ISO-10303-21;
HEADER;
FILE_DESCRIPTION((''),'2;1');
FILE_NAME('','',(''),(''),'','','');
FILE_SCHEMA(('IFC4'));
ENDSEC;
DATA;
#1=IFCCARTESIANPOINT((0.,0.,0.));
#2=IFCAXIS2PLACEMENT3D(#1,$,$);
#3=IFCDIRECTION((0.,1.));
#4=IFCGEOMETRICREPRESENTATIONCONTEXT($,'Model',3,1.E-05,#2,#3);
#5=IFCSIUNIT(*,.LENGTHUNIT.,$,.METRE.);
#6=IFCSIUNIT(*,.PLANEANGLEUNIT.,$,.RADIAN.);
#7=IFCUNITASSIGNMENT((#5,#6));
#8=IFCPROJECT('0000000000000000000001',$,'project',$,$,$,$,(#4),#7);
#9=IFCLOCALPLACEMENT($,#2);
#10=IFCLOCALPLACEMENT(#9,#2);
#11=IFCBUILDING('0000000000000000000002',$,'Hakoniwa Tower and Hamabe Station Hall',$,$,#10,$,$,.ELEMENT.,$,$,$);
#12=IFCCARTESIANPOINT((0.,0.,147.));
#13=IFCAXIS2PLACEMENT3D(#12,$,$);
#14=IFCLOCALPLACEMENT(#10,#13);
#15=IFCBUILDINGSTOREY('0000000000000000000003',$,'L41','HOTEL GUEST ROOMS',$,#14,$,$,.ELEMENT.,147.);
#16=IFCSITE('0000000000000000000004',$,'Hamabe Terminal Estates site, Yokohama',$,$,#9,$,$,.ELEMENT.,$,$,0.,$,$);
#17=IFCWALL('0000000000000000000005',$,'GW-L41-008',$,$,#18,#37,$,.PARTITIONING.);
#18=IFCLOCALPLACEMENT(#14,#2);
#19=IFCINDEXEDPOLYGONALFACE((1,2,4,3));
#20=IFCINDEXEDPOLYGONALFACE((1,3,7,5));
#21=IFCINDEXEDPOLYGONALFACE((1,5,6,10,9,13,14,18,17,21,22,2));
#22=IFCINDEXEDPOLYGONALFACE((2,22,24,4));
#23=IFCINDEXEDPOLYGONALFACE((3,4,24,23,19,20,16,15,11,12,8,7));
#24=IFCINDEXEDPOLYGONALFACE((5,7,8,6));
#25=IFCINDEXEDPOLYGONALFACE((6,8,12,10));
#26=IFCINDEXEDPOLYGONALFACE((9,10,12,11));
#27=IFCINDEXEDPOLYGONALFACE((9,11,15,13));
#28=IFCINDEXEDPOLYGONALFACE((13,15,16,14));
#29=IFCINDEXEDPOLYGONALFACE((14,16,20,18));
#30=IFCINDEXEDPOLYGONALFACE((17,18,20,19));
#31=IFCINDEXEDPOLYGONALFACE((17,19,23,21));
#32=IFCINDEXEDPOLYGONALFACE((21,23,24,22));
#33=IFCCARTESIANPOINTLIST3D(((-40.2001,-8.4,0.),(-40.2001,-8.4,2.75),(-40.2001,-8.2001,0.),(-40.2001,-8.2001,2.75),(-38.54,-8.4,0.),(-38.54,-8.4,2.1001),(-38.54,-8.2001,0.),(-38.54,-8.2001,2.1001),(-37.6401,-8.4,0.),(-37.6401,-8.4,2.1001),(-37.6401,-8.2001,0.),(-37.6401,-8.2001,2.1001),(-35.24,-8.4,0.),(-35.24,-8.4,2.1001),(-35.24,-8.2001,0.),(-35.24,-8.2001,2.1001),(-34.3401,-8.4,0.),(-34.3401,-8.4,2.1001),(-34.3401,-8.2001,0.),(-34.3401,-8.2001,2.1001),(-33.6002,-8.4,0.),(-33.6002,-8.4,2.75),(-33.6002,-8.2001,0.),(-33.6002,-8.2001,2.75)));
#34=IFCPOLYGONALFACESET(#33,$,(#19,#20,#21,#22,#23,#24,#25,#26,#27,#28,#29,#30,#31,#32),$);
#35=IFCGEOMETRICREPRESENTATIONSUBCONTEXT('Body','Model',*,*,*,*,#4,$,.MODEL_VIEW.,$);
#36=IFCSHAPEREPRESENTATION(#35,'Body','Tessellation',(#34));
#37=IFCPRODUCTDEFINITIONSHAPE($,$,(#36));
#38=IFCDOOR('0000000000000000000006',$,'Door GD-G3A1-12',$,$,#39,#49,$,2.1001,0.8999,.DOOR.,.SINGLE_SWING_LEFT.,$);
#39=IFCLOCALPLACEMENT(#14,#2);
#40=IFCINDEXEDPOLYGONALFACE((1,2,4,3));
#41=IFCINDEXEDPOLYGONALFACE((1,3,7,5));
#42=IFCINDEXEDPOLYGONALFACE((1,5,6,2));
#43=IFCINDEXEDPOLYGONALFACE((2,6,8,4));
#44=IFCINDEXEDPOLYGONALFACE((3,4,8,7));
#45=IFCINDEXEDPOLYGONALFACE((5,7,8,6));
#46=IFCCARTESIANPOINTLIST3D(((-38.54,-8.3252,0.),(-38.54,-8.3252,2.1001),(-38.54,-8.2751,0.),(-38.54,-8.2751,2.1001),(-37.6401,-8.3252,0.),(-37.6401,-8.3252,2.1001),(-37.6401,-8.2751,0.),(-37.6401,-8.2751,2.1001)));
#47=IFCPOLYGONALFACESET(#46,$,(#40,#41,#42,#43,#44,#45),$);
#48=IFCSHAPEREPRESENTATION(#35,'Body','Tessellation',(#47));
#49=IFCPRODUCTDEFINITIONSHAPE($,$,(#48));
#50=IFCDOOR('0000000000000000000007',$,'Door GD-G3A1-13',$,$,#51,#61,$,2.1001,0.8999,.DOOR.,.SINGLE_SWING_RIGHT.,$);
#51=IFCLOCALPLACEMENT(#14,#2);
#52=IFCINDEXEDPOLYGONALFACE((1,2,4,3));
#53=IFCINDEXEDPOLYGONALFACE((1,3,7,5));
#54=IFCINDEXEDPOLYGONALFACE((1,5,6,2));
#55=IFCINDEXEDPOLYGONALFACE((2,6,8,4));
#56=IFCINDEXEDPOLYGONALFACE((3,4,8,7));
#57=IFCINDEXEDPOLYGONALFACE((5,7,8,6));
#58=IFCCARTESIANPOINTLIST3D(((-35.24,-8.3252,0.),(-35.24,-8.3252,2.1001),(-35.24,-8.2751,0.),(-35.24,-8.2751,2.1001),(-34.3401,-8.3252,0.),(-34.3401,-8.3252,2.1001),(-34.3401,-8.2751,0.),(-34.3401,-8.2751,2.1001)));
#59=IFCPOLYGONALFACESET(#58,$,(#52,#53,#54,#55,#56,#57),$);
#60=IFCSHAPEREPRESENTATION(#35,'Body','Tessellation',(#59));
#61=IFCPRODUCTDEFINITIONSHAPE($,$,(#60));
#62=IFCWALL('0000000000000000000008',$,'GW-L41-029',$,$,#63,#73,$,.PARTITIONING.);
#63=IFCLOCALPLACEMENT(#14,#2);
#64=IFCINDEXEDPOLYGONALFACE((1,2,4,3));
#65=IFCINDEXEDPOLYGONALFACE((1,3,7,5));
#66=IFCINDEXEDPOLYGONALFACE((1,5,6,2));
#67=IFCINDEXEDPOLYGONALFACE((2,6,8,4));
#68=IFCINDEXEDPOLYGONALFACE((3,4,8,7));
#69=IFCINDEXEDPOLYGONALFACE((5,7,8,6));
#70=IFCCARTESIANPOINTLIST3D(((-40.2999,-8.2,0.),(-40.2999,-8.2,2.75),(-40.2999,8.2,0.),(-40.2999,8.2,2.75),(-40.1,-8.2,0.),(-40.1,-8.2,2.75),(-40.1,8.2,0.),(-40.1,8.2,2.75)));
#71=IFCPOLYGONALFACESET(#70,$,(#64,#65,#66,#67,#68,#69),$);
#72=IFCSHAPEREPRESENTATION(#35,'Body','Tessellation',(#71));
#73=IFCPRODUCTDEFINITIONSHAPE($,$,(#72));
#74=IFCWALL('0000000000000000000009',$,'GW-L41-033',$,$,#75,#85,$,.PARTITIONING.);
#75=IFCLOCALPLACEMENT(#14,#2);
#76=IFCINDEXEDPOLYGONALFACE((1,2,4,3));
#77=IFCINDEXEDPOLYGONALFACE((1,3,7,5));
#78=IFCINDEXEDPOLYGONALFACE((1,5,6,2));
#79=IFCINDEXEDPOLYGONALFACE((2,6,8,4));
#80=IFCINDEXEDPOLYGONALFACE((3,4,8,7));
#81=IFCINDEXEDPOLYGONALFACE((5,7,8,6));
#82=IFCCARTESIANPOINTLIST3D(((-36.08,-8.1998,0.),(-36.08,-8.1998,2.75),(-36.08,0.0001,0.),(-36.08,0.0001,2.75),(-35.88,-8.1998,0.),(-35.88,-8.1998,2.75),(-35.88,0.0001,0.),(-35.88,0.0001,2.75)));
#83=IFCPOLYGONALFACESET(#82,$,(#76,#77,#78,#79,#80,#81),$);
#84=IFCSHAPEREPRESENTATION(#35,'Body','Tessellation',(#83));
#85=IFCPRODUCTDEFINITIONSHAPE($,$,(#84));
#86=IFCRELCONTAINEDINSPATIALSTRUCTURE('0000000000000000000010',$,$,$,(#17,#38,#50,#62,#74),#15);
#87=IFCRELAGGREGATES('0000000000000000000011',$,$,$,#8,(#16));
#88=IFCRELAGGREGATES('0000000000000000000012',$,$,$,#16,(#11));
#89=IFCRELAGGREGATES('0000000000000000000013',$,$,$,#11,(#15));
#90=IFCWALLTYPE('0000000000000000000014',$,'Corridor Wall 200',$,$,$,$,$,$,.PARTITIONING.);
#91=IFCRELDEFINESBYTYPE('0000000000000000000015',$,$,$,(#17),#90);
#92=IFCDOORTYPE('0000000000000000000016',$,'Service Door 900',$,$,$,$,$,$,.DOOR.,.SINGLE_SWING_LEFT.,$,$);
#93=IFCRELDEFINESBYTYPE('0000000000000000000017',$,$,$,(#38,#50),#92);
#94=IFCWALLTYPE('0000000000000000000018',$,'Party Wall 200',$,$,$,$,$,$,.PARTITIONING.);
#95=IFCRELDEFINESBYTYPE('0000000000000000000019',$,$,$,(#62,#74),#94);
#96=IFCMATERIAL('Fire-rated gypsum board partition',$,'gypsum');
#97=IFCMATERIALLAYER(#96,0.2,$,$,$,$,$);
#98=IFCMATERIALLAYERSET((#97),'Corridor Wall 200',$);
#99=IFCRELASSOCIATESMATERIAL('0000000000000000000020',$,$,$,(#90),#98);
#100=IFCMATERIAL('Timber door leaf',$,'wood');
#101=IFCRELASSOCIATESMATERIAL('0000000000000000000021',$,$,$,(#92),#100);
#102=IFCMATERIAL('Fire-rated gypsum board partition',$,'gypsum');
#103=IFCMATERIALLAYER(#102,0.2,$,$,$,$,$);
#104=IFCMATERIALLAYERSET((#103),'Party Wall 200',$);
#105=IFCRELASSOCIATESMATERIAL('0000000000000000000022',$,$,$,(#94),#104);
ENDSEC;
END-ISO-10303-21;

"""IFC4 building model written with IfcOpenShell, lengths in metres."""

from ifc_helpers import new_model, si_unit, direction, frame, frame_2d, origin, place, context, subcontext, project, spatial, rectangle, extrude, material, layer, layer_set, type_object, element, fill, save


model = new_model("IFC4")

# Units and contexts
model_context = context("Model", 3, precision=1e-05, world=origin(), true_north=direction((0.0, 1.0)))
body_context = subcontext(model_context, "Body", "Model", "MODEL_VIEW")
ifc_project = project(units=[si_unit("LENGTHUNIT", "METRE"), si_unit("PLANEANGLEUNIT", "RADIAN")], contexts=[model_context])

# Site, building, storey
site_placement = place(None, origin())
site = spatial("IfcSite", under=ifc_project, at=site_placement, Name="Hamabe Terminal Estates site, Yokohama", CompositionType="ELEMENT", RefElevation=0.0)
building_placement = place(site_placement, origin())
building = spatial("IfcBuilding", under=site, at=building_placement, Name="Hakoniwa Tower and Hamabe Station Hall", CompositionType="ELEMENT")
storey_placement = place(building_placement, frame((0.0, 0.0, 147.0)))
storey = spatial("IfcBuildingStorey", under=building, at=storey_placement, Name="L41", Description="HOTEL GUEST ROOMS", CompositionType="ELEMENT", Elevation=147.0)

# Wall, openings, doors
ifc_material_1 = material(Name="Fire-rated gypsum board partition", Category="gypsum")
ifc_layer_1 = layer(ifc_material_1, 0.2)
ifc_layer_set_1 = layer_set([ifc_layer_1], Name="Corridor Wall 200")
wall_type_1 = type_object("IfcWallType", Name="Corridor Wall 200", PredefinedType="PARTITIONING", material=ifc_layer_set_1)
wall_1_placement = place(storey_placement, frame((-40.2, -8.3, 0.0), z_axis=(0.0, 0.0, 1.0), x_axis=(1.0, 0.0, 0.0)))
wall_1 = element("IfcWall", 1, at=wall_1_placement, inside=storey, type_object=wall_type_1, Name="GW-L41-008", PredefinedType="PARTITIONING", context=body_context, shape_type="SweptSolid", body=[
    extrude(rectangle(XDim=6.5999, YDim=0.2, at=frame_2d((3.2998, 0.0))), origin(), (0.0, 0.0, 1.0), 2.75),
])
opening_1_placement = place(wall_1_placement, frame((1.6599, 0.0, 0.0)))
opening_1 = element("IfcOpeningElement", 2, at=opening_1_placement, cuts=wall_1, PredefinedType="OPENING", context=body_context, shape_type="SweptSolid", body=[
    extrude(rectangle(XDim=0.8999, YDim=2.1001, at=frame_2d((0.45, 1.05))), frame((0.0, 0.1099, 0.0), z_axis=(0.0, -1.0, 0.0), x_axis=(1.0, 0.0, 0.0)), (0.0, 0.0, 1.0), 0.22),
])
opening_2_placement = place(wall_1_placement, frame((4.96, 0.0, 0.0)))
opening_2 = element("IfcOpeningElement", 3, at=opening_2_placement, cuts=wall_1, PredefinedType="OPENING", context=body_context, shape_type="SweptSolid", body=[
    extrude(rectangle(XDim=0.8999, YDim=2.1001, at=frame_2d((0.45, 1.05))), frame((0.0, 0.1099, 0.0), z_axis=(0.0, -1.0, 0.0), x_axis=(1.0, 0.0, 0.0)), (0.0, 0.0, 1.0), 0.22),
])
ifc_material_2 = material(Name="Timber door leaf", Category="wood")
door_type_1 = type_object("IfcDoorType", Name="Service Door 900", OperationType="SINGLE_SWING_LEFT", PredefinedType="DOOR", material=ifc_material_2)
door_1_placement = place(opening_1_placement, origin())
door_1 = element("IfcDoor", 4, at=door_1_placement, inside=storey, type_object=door_type_1, Name="Door GD-G3A1-12", OperationType="SINGLE_SWING_LEFT", OverallHeight=2.1001, OverallWidth=0.8999, PredefinedType="DOOR", context=body_context, shape_type="SweptSolid", body=[
    extrude(rectangle(XDim=0.8999, YDim=2.1001, at=frame_2d((0.45, 1.05))), frame((0.0, 0.0249, 0.0), z_axis=(0.0, -1.0, 0.0), x_axis=(1.0, 0.0, 0.0)), (0.0, 0.0, 1.0), 0.05),
])
fill(opening_1, door_1)
door_2_placement = place(opening_2_placement, origin())
door_2 = element("IfcDoor", 5, at=door_2_placement, inside=storey, type_object=door_type_1, Name="Door GD-G3A1-13", OperationType="SINGLE_SWING_RIGHT", OverallHeight=2.1001, OverallWidth=0.8999, PredefinedType="DOOR", context=body_context, shape_type="SweptSolid", body=[
    extrude(rectangle(XDim=0.8999, YDim=2.1001, at=frame_2d((0.45, 1.05))), frame((0.0, 0.0249, 0.0), z_axis=(0.0, -1.0, 0.0), x_axis=(1.0, 0.0, 0.0)), (0.0, 0.0, 1.0), 0.05),
])
fill(opening_2, door_2)

# Walls
ifc_material_3 = material(Name="Fire-rated gypsum board partition", Category="gypsum")
ifc_layer_2 = layer(ifc_material_3, 0.2)
ifc_layer_set_2 = layer_set([ifc_layer_2], Name="Party Wall 200")
wall_type_2 = type_object("IfcWallType", Name="Party Wall 200", PredefinedType="PARTITIONING", material=ifc_layer_set_2)
wall_2_placement = place(storey_placement, frame((-40.2, -8.2, 0.0), z_axis=(0.0, 0.0, 1.0), x_axis=(0.0, 1.0, 0.0)))
element("IfcWall", 6, at=wall_2_placement, inside=storey, type_object=wall_type_2, Name="GW-L41-029", PredefinedType="PARTITIONING", context=body_context, shape_type="SweptSolid", body=[
    extrude(rectangle(XDim=16.3999, YDim=0.2, at=frame_2d((8.2, 0.0))), origin(), (0.0, 0.0, 1.0), 2.75),
])
wall_3_placement = place(storey_placement, frame((-35.98, -8.2, 0.0), z_axis=(0.0, 0.0, 1.0), x_axis=(0.0, 1.0, 0.0)))
element("IfcWall", 7, at=wall_3_placement, inside=storey, type_object=wall_type_2, Name="GW-L41-033", PredefinedType="PARTITIONING", context=body_context, shape_type="SweptSolid", body=[
    extrude(rectangle(XDim=8.2, YDim=0.2, at=frame_2d((4.1001, 0.0))), origin(), (0.0, 0.0, 1.0), 2.75),
])

save(model, "model.ifc")
